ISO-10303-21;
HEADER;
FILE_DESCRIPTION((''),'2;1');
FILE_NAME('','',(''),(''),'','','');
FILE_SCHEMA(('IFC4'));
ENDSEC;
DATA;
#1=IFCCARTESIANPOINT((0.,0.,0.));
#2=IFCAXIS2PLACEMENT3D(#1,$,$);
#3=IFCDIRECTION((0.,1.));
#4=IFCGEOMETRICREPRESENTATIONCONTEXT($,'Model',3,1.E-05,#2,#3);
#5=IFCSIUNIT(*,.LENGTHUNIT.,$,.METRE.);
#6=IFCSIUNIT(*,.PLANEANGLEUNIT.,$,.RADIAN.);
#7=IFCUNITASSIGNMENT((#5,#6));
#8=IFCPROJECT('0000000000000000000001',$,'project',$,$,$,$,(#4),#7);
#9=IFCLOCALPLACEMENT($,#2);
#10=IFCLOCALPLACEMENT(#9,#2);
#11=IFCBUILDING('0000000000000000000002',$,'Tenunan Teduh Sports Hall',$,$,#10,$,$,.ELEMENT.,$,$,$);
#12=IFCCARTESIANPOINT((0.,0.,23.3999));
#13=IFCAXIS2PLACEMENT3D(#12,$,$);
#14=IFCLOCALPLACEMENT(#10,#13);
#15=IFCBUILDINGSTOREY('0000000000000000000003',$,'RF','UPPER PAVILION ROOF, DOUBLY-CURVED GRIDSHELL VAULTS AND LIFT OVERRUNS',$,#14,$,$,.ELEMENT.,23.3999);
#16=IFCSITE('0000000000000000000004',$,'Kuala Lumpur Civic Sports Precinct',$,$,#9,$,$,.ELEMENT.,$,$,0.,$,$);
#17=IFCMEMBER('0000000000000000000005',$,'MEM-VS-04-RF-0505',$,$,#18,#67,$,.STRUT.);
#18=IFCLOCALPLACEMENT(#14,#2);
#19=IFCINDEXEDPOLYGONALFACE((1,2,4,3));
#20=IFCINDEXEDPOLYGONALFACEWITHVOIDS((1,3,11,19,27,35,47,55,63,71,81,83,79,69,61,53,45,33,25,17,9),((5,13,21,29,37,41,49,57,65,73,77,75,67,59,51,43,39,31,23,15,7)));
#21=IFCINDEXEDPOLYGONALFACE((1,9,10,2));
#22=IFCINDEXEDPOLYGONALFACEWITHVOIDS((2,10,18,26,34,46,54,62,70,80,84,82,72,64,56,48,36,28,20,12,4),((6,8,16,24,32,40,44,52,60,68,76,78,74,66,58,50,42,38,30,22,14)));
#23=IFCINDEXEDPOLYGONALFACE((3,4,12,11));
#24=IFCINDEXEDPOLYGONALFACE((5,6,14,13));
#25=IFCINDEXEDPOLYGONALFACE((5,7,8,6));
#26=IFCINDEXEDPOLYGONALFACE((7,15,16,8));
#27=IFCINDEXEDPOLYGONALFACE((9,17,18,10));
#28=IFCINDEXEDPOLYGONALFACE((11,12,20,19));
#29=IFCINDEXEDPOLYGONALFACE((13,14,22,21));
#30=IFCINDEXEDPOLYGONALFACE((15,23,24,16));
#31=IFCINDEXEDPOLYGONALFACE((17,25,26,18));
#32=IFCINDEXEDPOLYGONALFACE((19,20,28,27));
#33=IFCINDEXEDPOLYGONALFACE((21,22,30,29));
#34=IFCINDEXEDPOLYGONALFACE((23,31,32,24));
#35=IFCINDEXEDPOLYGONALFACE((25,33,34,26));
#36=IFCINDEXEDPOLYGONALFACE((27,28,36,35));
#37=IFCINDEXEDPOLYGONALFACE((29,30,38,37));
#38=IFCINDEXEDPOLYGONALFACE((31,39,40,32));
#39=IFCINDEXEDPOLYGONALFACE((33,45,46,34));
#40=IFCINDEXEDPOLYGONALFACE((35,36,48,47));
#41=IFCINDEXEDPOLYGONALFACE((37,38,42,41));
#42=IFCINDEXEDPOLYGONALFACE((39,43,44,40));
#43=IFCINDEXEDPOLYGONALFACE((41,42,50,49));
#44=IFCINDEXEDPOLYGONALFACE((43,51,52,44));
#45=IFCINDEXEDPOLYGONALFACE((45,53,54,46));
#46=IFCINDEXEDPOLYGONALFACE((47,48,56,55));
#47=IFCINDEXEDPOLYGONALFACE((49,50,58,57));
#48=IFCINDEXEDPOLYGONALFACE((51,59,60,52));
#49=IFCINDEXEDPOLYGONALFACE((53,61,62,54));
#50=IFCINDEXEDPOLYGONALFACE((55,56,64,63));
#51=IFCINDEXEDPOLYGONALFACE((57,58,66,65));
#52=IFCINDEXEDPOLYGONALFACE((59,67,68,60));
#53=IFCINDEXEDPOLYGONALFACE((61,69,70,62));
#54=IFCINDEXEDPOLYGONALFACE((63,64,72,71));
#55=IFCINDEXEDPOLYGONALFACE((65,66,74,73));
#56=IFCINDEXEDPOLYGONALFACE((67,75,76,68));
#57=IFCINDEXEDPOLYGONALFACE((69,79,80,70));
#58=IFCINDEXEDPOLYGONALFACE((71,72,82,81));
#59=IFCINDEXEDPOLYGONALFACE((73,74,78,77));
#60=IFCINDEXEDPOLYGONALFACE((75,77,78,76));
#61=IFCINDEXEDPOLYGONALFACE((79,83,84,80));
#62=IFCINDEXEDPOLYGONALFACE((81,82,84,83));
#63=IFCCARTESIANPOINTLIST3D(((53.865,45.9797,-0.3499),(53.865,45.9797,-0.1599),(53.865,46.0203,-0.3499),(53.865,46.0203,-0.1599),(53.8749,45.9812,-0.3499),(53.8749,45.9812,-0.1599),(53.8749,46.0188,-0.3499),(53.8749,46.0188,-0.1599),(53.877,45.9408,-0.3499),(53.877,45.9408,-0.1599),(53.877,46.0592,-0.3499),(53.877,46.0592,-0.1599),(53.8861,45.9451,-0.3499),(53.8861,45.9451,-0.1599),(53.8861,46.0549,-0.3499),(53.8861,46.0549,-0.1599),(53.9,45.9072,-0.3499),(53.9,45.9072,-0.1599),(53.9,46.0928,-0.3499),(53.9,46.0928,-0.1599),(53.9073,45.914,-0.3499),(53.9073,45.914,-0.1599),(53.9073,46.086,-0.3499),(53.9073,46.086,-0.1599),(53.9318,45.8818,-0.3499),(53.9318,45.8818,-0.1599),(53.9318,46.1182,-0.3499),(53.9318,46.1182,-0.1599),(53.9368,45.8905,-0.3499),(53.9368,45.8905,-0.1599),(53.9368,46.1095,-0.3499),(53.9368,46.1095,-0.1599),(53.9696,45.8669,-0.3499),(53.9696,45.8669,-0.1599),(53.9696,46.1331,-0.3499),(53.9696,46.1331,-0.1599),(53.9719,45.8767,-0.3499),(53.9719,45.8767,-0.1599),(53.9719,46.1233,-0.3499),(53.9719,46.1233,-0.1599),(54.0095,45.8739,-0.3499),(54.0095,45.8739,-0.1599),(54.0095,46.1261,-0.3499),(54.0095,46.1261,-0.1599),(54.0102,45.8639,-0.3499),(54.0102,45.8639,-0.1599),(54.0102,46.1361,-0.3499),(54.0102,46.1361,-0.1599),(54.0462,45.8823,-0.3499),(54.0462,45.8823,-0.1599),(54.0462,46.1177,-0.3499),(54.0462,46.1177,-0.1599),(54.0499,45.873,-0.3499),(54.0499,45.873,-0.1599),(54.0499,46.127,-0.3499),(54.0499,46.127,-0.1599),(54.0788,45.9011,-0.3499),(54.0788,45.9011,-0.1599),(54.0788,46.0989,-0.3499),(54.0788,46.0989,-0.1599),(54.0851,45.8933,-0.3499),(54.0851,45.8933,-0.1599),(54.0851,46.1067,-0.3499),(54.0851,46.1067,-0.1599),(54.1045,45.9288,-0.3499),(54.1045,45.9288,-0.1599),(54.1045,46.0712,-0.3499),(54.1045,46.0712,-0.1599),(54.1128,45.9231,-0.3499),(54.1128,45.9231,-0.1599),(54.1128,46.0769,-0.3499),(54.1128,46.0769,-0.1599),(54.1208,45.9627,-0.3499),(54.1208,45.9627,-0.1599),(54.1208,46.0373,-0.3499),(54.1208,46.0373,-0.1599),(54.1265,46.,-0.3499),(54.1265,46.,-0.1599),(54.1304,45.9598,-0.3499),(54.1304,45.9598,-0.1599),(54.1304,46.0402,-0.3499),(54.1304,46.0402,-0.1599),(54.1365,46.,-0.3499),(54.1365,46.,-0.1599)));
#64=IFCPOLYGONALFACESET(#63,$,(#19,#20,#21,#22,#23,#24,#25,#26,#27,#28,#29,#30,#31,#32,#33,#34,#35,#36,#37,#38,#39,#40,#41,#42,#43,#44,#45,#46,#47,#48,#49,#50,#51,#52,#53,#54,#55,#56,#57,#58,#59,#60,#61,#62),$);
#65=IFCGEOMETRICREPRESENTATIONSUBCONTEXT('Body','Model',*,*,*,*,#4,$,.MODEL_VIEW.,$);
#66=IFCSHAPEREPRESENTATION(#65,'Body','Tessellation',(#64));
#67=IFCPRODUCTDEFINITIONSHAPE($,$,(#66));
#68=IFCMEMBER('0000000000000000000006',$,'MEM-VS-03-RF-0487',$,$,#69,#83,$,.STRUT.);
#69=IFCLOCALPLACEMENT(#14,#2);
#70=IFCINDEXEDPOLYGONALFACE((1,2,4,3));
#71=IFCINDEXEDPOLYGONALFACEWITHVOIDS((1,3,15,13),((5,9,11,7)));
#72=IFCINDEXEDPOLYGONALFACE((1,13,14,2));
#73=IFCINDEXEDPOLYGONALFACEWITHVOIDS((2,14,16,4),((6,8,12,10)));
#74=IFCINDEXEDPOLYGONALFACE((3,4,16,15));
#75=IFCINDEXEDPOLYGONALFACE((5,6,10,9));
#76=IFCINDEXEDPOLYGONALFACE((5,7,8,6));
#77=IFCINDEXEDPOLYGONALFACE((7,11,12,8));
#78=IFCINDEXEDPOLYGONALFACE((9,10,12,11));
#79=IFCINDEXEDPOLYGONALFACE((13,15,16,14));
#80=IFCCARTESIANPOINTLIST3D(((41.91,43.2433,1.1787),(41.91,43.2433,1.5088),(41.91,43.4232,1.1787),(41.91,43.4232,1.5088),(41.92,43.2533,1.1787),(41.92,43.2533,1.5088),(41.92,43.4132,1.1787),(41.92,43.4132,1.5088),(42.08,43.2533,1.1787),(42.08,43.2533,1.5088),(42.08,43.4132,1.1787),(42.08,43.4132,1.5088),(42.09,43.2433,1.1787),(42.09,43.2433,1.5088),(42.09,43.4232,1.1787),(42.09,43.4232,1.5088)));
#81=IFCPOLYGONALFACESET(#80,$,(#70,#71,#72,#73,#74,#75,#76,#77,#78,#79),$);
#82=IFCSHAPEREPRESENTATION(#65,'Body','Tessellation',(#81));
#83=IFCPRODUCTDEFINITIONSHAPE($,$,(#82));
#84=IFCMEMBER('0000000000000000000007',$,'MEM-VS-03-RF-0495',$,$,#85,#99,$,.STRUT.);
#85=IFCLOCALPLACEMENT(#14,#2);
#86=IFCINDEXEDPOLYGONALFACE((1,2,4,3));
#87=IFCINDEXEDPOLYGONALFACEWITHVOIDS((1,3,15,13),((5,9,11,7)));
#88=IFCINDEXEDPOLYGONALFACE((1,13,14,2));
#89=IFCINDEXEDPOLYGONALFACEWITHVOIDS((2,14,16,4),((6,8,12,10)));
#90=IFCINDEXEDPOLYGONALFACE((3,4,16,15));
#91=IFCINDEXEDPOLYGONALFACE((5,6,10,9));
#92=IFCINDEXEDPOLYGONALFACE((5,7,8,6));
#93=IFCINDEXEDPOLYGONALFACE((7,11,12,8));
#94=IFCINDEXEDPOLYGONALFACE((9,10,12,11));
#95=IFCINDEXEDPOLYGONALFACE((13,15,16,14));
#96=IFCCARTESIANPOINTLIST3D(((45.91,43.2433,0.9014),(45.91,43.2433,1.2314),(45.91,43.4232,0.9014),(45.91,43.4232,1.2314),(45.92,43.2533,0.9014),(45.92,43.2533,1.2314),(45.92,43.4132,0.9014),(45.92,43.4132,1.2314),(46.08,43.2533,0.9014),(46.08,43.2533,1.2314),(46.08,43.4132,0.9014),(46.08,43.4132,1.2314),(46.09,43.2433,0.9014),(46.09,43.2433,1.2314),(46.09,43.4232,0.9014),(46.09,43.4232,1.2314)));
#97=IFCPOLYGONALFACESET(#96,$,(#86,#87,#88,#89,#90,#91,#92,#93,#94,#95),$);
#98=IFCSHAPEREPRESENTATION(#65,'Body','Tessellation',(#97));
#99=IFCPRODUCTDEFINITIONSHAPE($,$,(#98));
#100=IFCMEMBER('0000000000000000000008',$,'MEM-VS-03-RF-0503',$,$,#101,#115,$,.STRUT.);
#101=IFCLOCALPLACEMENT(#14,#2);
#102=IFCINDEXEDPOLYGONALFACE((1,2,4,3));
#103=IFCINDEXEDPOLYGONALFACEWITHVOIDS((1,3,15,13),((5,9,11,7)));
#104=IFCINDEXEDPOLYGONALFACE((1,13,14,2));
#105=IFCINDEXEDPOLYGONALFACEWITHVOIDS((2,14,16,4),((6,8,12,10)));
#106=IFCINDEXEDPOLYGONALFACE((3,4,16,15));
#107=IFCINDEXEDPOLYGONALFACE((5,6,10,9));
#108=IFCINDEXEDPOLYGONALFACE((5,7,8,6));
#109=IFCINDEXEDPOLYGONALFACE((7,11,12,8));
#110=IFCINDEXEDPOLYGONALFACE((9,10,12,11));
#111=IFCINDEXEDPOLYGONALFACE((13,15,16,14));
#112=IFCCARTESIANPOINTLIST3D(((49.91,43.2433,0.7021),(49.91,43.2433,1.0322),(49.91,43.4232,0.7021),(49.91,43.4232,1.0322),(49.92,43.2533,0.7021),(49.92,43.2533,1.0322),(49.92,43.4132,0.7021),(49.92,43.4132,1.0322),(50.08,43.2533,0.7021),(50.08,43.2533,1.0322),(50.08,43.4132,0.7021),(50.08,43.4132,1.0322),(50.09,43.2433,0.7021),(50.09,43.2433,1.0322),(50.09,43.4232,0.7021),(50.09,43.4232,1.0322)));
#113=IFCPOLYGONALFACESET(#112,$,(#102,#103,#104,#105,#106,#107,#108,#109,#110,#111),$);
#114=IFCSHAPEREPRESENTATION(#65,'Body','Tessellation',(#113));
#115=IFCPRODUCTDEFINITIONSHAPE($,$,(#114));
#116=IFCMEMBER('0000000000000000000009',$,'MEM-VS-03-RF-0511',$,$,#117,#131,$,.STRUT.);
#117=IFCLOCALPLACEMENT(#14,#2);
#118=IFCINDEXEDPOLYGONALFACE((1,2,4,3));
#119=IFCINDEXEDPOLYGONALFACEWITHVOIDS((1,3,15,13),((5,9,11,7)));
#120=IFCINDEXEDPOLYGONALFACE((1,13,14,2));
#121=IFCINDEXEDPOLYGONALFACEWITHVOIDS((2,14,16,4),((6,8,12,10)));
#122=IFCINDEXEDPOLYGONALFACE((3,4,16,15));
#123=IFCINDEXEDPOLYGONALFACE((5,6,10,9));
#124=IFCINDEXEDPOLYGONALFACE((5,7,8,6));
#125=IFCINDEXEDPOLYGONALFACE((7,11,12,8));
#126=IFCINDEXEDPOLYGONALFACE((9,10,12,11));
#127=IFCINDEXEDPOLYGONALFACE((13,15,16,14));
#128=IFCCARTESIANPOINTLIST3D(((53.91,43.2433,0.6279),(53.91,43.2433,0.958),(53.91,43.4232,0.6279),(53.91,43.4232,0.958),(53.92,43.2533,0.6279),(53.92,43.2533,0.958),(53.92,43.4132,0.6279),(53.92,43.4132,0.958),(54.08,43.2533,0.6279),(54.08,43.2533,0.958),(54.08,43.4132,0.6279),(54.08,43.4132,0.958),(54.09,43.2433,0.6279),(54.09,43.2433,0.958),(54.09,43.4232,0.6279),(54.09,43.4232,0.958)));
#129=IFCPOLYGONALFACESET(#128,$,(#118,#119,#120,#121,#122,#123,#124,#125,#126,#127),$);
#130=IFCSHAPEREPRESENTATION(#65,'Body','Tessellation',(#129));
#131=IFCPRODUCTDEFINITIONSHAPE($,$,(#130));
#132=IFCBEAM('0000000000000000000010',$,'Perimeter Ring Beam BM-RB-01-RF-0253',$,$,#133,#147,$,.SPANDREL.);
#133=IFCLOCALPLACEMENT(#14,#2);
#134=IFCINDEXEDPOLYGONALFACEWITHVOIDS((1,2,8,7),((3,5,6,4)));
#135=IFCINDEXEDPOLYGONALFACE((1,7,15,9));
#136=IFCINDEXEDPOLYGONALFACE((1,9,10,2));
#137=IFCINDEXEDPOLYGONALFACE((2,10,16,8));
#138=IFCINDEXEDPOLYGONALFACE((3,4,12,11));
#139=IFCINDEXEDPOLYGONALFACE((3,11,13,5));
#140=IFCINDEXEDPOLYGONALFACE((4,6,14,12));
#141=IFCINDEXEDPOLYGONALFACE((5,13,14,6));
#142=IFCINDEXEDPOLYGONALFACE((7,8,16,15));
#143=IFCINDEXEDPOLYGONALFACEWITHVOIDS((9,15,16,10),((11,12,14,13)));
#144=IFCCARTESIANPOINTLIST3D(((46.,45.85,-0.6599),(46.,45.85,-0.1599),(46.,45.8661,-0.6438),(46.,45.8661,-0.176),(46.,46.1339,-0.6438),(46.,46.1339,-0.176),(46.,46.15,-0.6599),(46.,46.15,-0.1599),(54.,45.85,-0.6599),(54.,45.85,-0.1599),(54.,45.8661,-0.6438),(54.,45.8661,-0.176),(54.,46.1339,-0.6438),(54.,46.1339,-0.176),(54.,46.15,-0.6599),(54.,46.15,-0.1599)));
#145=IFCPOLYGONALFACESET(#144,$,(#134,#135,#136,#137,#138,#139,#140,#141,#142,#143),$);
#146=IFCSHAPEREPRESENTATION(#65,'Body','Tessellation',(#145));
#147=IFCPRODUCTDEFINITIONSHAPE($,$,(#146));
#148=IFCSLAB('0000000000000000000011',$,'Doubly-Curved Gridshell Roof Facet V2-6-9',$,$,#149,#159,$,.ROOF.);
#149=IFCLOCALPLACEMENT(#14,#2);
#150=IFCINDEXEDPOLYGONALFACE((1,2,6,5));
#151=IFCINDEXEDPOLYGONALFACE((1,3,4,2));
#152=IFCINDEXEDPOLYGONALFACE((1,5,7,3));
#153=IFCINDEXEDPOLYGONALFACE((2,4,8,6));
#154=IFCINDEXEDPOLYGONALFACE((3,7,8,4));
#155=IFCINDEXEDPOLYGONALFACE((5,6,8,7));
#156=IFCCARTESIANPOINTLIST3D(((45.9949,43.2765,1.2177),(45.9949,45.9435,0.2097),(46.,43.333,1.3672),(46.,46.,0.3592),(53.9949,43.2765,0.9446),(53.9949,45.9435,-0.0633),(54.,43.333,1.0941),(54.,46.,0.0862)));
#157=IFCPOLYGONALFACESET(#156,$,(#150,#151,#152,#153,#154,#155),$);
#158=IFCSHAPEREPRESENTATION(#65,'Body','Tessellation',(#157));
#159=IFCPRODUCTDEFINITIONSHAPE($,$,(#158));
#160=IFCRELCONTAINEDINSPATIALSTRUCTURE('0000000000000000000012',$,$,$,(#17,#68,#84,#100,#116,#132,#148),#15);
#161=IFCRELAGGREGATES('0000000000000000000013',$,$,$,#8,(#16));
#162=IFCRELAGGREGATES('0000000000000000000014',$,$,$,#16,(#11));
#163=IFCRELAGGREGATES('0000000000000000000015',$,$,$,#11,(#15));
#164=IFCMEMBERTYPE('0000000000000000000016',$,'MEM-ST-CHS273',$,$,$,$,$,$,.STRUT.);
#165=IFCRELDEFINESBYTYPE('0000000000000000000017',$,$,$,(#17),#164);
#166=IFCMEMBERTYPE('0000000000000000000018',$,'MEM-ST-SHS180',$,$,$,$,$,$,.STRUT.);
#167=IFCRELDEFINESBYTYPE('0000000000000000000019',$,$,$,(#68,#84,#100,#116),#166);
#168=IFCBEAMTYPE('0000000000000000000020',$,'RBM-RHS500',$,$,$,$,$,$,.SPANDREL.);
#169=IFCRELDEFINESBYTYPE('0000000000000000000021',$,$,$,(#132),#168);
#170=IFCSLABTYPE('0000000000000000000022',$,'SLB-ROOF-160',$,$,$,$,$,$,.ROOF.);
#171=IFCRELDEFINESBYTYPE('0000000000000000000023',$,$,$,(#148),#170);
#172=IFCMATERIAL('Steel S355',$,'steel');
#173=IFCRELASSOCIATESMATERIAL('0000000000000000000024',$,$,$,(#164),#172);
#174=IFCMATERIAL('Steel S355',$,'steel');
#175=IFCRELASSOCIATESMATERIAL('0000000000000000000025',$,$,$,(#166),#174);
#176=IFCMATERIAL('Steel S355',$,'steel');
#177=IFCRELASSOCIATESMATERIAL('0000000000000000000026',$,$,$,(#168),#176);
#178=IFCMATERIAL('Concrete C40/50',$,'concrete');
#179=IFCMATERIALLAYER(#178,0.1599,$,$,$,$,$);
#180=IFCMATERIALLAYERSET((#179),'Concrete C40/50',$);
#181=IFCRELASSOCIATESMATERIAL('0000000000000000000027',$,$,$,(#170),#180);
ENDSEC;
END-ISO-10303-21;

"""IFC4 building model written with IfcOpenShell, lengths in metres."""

from ifc_helpers import new_model, si_unit, direction, frame, origin, origin_2d, place, context, subcontext, project, spatial, polyline, hollow_rectangle, hollow_circle, outline, extrude, material, layer, layer_set, material_profile, profile_set, type_object, element, save


model = new_model("IFC4")

# Units and contexts
model_context = context("Model", 3, precision=1e-05, world=origin(), true_north=direction((0.0, 1.0)))
body_context = subcontext(model_context, "Body", "Model", "MODEL_VIEW")
ifc_project = project(units=[si_unit("LENGTHUNIT", "METRE"), si_unit("PLANEANGLEUNIT", "RADIAN")], contexts=[model_context])

# Site, building, storey
site_placement = place(None, origin())
site = spatial("IfcSite", under=ifc_project, at=site_placement, Name="Kuala Lumpur Civic Sports Precinct", CompositionType="ELEMENT", RefElevation=0.0)
building_placement = place(site_placement, origin())
building = spatial("IfcBuilding", under=site, at=building_placement, Name="Tenunan Teduh Sports Hall", CompositionType="ELEMENT")
storey_placement = place(building_placement, frame((0.0, 0.0, 23.3999)))
storey = spatial("IfcBuildingStorey", under=building, at=storey_placement, Name="RF", Description="UPPER PAVILION ROOF, DOUBLY-CURVED GRIDSHELL VAULTS AND LIFT OVERRUNS", CompositionType="ELEMENT", Elevation=23.3999)

# Members
ifc_material_1 = material(Name="Steel S355", Category="steel")
ifc_material_profile_1 = material_profile(ifc_material_1, hollow_circle(Radius=0.1365, WallThickness=0.01, at=origin_2d()), Name="CHS 273.0x10.0")
ifc_profile_set_1 = profile_set([ifc_material_profile_1], Name="Steel S355")
member_type_1 = type_object("IfcMemberType", Name="MEM-ST-CHS273", PredefinedType="STRUT", material=ifc_profile_set_1)
for number, where, z_axis, x_axis, name in (
    (1, (54.0, 46.0, -0.3499), (0.0, 0.0, 1.0), (1.0, 0.0, 0.0), "MEM-VS-04-RF-0505"),
):
    element("IfcMember", number, at=place(storey_placement, frame(where, z_axis=z_axis, x_axis=x_axis)), inside=storey, type_object=member_type_1, Name=name, PredefinedType="STRUT", context=body_context, shape_type="SweptSolid", body=[
        extrude(hollow_circle(Radius=0.1365, WallThickness=0.01, at=origin_2d()), origin(), (0.0, 0.0, 1.0), 0.1899),
    ])
ifc_material_2 = material(Name="Steel S355", Category="steel")
ifc_material_profile_2 = material_profile(ifc_material_2, hollow_rectangle(XDim=0.1799, YDim=0.1799, WallThickness=0.01, at=origin_2d()), Name="SHS 180x180x10.0")
ifc_profile_set_2 = profile_set([ifc_material_profile_2], Name="Steel S355")
member_type_2 = type_object("IfcMemberType", Name="MEM-ST-SHS180", PredefinedType="STRUT", material=ifc_profile_set_2)
for number, where, z_axis, x_axis, name in (
    (2, (42.0, 43.3333, 1.1787), (0.0, 0.0, 1.0), (1.0, 0.0, 0.0), "MEM-VS-03-RF-0487"),
    (3, (46.0, 43.3333, 0.9014), (0.0, 0.0, 1.0), (1.0, 0.0, 0.0), "MEM-VS-03-RF-0495"),
    (4, (50.0, 43.3333, 0.7021), (0.0, 0.0, 1.0), (1.0, 0.0, 0.0), "MEM-VS-03-RF-0503"),
    (5, (54.0, 43.3333, 0.6279), (0.0, 0.0, 1.0), (1.0, 0.0, 0.0), "MEM-VS-03-RF-0511"),
):
    element("IfcMember", number, at=place(storey_placement, frame(where, z_axis=z_axis, x_axis=x_axis)), inside=storey, type_object=member_type_2, Name=name, PredefinedType="STRUT", context=body_context, shape_type="SweptSolid", body=[
        extrude(hollow_rectangle(XDim=0.1799, YDim=0.1799, WallThickness=0.01, at=origin_2d()), origin(), (0.0, 0.0, 1.0), 0.3301),
    ])

# Beam
ifc_material_3 = material(Name="Steel S355", Category="steel")
ifc_material_profile_3 = material_profile(ifc_material_3, hollow_rectangle(XDim=0.3, YDim=0.5, WallThickness=0.0161, at=origin_2d()), Name="RHS 500x300x16.0")
ifc_profile_set_3 = profile_set([ifc_material_profile_3], Name="Steel S355")
beam_type_1 = type_object("IfcBeamType", Name="RBM-RHS500", PredefinedType="SPANDREL", material=ifc_profile_set_3)
beam_1_placement = place(storey_placement, frame((46.0, 46.0, -0.4099), z_axis=(1.0, 0.0, 0.0), x_axis=(0.0, 1.0, 0.0)))
element("IfcBeam", 6, at=beam_1_placement, inside=storey, type_object=beam_type_1, Name="Perimeter Ring Beam BM-RB-01-RF-0253", PredefinedType="SPANDREL", context=body_context, shape_type="SweptSolid", body=[
    extrude(hollow_rectangle(XDim=0.3, YDim=0.5, WallThickness=0.0161, at=origin_2d()), origin(), (0.0, 0.0, 1.0), 8.0),
])

# Slab
ifc_material_4 = material(Name="Concrete C40/50", Category="concrete")
ifc_layer = layer(ifc_material_4, 0.1599)
ifc_layer_set = layer_set([ifc_layer], Name="Concrete C40/50")
slab_type = type_object("IfcSlabType", Name="SLB-ROOF-160", PredefinedType="ROOF", material=ifc_layer_set)
slab_placement = place(storey_placement, frame((46.0, 43.333, 1.3672), z_axis=(0.031913, 0.353345, 0.934949), x_axis=(0.999418, 0.000005, -0.034116)))
element("IfcSlab", 7, at=slab_placement, inside=storey, type_object=slab_type, Name="Doubly-Curved Gridshell Roof Facet V2-6-9", PredefinedType="ROOF", context=body_context, shape_type="SweptSolid", body=[
    extrude(outline(polyline([(0.0, 0.0), (8.0047, 0.0), (8.0391, 2.8509), (0.0344, 2.8509), (0.0, 0.0)])), origin(), (0.0, 0.0, -1.0), 0.1599),
])

save(model, "model.ifc")
